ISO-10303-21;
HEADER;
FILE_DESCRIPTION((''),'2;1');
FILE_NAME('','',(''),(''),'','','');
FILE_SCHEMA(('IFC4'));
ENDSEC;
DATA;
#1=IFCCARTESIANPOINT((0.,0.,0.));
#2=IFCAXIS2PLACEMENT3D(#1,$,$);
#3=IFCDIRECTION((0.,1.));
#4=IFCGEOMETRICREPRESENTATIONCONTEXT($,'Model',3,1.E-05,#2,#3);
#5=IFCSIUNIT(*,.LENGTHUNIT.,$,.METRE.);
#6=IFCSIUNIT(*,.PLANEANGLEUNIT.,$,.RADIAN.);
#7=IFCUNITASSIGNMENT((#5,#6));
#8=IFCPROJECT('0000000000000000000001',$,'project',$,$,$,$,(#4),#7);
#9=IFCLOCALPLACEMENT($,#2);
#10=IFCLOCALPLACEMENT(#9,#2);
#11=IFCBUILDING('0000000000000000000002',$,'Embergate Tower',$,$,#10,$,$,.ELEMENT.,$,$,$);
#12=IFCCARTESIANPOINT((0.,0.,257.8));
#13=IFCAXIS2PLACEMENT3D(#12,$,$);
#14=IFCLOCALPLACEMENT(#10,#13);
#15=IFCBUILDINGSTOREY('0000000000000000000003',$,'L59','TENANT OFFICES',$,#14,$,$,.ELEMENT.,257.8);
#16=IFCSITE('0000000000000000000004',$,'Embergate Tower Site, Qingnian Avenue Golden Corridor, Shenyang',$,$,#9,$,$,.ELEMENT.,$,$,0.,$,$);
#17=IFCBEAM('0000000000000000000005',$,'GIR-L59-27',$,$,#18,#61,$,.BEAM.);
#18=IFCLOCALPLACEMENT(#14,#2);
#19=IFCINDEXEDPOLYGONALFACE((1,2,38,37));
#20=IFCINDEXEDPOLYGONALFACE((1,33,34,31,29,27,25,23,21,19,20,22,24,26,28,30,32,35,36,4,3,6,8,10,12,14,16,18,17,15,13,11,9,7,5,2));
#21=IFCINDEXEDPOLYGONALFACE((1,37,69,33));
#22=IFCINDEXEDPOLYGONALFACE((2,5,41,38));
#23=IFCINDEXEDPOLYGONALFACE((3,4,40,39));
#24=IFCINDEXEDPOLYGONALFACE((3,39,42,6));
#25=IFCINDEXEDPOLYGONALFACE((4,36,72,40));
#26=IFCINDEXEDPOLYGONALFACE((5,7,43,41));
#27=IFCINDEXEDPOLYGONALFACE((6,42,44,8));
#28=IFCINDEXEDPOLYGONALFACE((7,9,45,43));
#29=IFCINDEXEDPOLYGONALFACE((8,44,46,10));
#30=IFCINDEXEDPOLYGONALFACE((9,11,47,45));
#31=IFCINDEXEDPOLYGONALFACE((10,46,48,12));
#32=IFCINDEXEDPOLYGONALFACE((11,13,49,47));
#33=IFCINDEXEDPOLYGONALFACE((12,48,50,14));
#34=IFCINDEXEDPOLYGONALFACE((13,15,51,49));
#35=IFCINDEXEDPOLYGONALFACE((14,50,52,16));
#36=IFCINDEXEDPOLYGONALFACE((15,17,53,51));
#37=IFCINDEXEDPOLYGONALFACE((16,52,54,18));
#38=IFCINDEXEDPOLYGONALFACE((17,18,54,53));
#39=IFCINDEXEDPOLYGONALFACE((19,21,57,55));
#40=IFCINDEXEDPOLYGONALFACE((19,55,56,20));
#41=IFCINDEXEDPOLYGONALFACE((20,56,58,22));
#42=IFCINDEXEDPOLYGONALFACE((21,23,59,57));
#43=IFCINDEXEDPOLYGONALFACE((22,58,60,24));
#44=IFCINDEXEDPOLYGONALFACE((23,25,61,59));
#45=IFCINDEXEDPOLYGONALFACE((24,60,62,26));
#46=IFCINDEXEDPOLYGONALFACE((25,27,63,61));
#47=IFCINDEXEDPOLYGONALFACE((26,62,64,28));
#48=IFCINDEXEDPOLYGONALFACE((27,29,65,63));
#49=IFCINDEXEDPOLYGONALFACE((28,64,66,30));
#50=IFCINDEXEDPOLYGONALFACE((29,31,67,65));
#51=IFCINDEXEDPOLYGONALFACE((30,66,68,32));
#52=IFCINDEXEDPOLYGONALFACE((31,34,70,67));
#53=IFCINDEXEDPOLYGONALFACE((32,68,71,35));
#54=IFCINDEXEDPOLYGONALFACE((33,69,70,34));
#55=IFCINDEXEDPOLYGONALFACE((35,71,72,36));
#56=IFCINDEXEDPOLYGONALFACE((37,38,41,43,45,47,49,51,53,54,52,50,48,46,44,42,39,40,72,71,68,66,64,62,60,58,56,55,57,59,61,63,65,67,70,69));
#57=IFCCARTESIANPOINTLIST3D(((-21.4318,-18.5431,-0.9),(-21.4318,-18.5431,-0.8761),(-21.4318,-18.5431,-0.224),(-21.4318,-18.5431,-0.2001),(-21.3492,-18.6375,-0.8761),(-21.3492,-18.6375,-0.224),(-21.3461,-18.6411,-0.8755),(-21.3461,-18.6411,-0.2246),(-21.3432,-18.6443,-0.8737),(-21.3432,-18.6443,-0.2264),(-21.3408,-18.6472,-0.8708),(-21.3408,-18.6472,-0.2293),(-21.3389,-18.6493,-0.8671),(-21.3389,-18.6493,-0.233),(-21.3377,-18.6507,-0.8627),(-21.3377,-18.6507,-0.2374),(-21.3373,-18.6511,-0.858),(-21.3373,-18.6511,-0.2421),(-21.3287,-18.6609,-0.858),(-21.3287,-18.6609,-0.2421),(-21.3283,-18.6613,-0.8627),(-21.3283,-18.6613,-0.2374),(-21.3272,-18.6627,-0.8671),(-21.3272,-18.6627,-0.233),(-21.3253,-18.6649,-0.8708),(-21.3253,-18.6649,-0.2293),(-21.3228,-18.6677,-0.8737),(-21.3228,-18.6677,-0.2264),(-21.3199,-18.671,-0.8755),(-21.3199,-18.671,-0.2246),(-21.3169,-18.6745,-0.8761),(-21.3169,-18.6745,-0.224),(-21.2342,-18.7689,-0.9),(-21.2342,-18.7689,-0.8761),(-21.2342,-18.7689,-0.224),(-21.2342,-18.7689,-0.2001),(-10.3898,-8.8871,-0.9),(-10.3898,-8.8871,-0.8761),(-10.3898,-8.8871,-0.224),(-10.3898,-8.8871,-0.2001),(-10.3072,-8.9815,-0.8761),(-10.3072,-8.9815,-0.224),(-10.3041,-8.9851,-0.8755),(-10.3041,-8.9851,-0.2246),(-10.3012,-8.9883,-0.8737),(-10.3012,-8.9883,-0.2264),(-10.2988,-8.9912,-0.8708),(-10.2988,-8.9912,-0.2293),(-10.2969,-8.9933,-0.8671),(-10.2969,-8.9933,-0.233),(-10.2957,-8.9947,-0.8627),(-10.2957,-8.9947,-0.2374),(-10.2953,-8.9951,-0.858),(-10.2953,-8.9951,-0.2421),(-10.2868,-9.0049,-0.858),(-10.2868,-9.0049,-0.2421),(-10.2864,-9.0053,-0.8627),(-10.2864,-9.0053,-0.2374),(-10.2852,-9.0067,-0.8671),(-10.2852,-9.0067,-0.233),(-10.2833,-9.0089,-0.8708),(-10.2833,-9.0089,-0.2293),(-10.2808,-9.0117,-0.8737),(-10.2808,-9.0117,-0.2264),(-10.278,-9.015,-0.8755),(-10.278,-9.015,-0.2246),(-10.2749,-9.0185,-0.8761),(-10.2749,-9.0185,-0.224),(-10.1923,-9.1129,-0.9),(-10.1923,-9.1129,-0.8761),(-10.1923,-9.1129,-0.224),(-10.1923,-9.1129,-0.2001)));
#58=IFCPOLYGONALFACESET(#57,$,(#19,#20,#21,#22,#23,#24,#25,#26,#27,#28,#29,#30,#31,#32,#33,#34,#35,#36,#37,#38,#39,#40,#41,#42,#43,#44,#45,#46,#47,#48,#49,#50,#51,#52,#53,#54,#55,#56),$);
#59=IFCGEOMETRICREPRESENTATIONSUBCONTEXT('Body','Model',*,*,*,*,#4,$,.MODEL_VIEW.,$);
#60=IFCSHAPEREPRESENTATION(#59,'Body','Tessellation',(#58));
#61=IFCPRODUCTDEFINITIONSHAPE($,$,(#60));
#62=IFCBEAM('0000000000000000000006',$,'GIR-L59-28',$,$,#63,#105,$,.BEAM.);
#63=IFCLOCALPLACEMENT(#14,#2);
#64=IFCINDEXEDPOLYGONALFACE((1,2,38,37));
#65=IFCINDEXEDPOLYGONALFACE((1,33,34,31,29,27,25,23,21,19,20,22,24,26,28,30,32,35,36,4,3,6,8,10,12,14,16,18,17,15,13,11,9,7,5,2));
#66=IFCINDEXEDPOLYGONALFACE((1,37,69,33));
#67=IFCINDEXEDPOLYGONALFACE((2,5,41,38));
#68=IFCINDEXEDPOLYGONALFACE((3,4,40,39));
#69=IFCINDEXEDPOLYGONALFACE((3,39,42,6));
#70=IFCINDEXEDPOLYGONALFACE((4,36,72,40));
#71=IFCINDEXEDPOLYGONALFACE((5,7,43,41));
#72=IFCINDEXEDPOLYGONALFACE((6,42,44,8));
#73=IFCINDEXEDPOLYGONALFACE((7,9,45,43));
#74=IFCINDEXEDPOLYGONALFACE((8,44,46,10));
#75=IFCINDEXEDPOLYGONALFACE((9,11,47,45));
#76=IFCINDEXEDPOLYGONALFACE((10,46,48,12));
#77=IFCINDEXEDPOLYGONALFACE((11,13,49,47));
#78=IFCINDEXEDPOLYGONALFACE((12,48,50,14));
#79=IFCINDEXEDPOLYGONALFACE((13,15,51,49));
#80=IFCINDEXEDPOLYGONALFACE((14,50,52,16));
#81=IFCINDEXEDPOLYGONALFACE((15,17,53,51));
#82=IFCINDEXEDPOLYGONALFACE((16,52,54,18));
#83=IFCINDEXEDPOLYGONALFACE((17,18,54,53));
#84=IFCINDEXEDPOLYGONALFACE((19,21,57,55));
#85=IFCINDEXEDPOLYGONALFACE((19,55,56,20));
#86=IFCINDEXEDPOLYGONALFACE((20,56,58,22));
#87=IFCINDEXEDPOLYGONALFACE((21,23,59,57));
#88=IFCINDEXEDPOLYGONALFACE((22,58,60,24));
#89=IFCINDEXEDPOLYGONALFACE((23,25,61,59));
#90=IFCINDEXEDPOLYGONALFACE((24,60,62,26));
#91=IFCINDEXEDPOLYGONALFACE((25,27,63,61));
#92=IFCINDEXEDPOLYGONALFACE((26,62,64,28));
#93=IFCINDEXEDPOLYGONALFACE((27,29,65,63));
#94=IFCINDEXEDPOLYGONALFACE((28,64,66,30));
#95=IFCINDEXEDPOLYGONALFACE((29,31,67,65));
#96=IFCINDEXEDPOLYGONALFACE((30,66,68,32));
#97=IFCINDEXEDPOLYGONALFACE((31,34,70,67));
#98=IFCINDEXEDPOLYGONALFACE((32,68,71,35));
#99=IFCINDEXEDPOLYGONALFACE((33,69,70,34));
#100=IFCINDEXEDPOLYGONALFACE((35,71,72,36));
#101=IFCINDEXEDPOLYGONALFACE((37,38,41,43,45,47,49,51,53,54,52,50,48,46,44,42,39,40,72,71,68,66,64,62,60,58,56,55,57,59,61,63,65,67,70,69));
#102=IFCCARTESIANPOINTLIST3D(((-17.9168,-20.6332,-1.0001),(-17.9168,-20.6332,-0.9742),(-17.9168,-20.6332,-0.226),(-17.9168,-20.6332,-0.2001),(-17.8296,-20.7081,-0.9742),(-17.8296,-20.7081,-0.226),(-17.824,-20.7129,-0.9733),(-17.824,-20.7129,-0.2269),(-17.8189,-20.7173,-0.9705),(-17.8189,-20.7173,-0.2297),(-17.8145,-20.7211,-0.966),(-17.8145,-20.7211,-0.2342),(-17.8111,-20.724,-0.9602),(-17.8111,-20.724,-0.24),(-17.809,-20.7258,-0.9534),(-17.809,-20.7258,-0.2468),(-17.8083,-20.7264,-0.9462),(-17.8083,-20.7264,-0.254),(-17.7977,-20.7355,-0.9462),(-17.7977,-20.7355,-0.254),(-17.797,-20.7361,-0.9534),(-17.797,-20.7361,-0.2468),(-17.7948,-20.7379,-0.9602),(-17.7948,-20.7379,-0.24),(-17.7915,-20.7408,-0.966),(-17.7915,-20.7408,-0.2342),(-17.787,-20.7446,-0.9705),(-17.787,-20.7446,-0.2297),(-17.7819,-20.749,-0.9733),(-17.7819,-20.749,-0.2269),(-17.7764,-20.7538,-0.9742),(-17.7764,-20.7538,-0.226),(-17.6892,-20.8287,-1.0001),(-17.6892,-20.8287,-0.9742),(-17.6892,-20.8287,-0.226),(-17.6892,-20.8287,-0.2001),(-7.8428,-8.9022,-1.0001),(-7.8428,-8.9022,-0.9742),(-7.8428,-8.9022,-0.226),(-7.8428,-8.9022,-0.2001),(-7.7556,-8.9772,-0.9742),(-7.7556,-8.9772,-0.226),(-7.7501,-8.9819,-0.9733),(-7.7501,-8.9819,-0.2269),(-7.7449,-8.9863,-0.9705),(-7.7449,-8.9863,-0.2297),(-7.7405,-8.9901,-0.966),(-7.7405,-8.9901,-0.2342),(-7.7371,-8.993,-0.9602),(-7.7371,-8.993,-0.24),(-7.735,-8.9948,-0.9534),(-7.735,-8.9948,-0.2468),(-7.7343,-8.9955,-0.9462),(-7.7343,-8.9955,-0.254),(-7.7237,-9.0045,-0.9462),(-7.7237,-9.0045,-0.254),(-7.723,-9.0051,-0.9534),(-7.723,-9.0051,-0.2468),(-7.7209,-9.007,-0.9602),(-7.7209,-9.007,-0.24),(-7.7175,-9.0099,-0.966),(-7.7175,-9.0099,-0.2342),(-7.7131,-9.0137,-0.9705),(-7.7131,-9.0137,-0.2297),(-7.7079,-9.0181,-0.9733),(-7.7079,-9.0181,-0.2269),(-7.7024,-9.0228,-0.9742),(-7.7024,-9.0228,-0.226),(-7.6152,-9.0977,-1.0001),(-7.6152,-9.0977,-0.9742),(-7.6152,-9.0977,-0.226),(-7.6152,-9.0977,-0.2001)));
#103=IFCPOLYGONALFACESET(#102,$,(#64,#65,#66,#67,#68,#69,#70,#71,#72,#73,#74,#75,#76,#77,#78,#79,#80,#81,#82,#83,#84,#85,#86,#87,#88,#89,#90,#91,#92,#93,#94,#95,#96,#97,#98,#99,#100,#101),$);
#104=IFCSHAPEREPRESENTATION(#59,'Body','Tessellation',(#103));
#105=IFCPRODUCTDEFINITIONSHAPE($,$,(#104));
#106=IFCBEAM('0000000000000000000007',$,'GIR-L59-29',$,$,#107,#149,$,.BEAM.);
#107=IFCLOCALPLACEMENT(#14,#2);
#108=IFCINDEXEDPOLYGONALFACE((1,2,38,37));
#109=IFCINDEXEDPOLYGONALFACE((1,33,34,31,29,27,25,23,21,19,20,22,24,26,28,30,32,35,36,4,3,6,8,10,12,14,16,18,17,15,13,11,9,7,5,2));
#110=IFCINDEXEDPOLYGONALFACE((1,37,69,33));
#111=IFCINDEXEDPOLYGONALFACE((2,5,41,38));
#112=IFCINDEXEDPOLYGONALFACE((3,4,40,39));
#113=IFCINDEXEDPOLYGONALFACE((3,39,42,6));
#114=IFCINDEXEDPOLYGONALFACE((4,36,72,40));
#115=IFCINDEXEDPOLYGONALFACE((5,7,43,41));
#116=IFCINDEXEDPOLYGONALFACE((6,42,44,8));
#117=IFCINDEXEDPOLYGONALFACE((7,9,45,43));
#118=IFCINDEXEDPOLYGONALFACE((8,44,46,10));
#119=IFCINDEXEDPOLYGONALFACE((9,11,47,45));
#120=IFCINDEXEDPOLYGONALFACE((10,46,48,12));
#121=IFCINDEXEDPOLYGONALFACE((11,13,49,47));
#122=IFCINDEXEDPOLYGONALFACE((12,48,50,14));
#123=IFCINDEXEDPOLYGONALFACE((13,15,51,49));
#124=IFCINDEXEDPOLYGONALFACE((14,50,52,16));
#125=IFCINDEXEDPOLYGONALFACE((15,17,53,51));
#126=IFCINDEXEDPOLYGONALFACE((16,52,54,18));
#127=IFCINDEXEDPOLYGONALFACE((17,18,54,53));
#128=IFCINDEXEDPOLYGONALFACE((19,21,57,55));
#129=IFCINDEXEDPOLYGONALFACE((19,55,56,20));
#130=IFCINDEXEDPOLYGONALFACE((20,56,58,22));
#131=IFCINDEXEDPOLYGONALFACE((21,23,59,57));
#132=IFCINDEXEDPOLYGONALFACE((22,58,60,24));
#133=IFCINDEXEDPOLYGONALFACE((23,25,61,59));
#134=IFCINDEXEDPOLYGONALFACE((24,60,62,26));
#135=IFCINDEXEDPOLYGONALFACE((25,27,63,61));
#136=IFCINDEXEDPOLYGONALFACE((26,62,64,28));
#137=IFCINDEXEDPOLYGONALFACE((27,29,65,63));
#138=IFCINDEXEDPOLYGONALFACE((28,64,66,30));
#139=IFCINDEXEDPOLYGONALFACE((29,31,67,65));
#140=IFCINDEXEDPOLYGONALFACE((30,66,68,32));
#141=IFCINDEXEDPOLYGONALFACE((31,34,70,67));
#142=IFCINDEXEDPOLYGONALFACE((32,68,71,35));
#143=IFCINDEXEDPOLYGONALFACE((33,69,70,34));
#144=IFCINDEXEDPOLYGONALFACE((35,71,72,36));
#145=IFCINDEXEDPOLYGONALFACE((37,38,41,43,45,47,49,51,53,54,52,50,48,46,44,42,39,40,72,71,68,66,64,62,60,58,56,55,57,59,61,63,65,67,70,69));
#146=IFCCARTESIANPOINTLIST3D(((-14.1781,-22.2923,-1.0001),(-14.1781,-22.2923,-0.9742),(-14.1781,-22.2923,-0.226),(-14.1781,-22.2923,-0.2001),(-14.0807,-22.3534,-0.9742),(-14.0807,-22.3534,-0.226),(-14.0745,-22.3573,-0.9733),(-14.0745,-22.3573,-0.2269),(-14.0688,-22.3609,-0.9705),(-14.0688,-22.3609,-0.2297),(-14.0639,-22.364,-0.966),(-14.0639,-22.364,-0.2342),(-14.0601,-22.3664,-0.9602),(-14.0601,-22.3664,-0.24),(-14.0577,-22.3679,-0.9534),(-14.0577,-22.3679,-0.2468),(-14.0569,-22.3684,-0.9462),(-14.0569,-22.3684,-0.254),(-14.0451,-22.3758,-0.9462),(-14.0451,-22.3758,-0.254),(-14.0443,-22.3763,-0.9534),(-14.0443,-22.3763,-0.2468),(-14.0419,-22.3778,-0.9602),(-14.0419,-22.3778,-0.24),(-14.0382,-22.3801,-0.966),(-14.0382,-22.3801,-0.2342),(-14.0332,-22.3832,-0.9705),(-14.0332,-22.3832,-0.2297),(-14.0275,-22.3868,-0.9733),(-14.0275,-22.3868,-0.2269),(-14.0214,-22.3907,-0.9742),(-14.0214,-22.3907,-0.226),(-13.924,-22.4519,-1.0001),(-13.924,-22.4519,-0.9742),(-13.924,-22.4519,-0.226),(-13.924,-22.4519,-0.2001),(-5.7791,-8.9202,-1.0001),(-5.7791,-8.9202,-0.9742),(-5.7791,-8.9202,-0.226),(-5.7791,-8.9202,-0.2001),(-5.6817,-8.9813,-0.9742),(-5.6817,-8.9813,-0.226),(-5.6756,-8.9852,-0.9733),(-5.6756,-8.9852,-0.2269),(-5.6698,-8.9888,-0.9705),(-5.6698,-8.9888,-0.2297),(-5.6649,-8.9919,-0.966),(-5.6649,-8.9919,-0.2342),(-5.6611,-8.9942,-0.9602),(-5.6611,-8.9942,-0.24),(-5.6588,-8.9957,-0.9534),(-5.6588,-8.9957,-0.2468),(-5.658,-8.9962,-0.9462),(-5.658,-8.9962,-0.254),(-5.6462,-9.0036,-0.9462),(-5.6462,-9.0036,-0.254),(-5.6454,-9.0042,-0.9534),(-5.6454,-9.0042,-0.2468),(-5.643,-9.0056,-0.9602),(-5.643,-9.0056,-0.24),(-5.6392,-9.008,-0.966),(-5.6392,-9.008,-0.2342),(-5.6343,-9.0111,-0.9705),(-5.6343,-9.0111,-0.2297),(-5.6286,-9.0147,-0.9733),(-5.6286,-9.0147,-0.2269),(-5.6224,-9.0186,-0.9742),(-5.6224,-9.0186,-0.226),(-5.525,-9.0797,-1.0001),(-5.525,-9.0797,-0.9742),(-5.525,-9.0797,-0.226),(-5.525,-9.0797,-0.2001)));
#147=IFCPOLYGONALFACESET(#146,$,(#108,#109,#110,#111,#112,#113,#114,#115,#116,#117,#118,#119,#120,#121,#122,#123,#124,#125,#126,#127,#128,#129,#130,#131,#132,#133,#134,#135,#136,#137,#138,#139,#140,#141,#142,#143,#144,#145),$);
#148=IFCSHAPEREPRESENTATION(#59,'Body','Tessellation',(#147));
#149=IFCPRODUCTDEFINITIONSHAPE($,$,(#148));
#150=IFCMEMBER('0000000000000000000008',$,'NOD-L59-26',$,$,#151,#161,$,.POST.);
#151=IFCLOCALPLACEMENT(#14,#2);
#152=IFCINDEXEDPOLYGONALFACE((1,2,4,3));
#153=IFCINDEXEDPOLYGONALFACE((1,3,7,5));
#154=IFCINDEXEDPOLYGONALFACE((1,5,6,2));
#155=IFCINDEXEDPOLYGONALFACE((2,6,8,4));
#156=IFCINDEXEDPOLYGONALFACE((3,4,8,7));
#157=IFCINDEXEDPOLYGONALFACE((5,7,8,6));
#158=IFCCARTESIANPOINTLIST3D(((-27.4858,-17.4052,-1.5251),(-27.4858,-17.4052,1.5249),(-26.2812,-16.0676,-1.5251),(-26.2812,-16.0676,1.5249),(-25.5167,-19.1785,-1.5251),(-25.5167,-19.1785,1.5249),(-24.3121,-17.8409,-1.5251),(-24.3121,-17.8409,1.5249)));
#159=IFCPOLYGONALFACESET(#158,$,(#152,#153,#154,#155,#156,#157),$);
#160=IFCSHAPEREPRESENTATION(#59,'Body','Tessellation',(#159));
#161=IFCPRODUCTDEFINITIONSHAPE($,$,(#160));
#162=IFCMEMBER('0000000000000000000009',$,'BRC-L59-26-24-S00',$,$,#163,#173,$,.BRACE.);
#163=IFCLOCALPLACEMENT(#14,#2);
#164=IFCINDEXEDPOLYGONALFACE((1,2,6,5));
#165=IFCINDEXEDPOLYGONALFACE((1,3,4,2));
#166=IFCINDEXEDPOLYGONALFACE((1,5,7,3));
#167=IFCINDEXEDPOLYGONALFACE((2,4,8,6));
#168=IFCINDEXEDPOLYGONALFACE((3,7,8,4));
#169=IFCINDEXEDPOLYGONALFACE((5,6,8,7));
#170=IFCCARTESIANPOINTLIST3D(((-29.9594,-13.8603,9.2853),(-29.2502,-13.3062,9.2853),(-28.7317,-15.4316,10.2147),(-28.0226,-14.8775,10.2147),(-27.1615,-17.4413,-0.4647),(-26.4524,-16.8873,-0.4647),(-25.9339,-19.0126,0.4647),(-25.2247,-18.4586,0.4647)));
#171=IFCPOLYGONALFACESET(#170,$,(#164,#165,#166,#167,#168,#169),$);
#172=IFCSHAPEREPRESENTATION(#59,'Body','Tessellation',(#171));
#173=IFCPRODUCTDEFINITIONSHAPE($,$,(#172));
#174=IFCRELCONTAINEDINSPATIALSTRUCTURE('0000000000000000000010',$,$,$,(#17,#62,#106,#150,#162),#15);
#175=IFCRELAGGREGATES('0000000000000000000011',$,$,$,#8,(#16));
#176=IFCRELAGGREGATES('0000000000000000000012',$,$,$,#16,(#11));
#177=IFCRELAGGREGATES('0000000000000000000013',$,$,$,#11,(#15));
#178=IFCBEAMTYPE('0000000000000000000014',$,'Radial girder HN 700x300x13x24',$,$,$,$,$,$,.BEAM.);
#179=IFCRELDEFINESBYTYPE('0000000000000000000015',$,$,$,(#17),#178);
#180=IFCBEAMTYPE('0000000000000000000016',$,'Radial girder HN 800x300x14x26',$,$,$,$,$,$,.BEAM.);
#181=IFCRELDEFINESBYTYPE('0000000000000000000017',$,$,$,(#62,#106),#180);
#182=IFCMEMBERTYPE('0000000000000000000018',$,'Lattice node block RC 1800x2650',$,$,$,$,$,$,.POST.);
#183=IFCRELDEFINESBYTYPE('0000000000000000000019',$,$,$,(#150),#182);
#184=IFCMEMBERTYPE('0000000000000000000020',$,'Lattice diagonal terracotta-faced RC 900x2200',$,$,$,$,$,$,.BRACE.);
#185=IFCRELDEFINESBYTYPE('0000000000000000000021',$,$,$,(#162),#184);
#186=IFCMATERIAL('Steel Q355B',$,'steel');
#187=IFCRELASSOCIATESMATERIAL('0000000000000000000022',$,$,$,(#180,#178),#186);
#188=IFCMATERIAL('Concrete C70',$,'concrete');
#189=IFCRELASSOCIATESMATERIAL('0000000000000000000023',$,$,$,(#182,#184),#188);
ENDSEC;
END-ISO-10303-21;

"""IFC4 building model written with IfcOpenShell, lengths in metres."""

from ifc_helpers import new_model, si_unit, direction, frame, origin, origin_2d, place, context, subcontext, project, spatial, rectangle, i_section, extrude, source, transform, mapped, material, material_profile, profile_set, type_object, element, save


model = new_model("IFC4")

# Units and contexts
model_context = context("Model", 3, precision=1e-05, world=origin(), true_north=direction((0.0, 1.0)))
body_context = subcontext(model_context, "Body", "Model", "MODEL_VIEW")
ifc_project = project(units=[si_unit("LENGTHUNIT", "METRE"), si_unit("PLANEANGLEUNIT", "RADIAN")], contexts=[model_context])

# Site, building, storey
site_placement = place(None, origin())
site = spatial("IfcSite", under=ifc_project, at=site_placement, Name="Embergate Tower Site, Qingnian Avenue Golden Corridor, Shenyang", CompositionType="ELEMENT", RefElevation=0.0)
building_placement = place(site_placement, origin())
building = spatial("IfcBuilding", under=site, at=building_placement, Name="Embergate Tower", CompositionType="ELEMENT")
storey_placement = place(building_placement, frame((0.0, 0.0, 257.8)))
storey = spatial("IfcBuildingStorey", under=building, at=storey_placement, Name="L59", Description="TENANT OFFICES", CompositionType="ELEMENT", Elevation=257.8)

# Beams
ifc_material_1 = material(Name="Steel Q355B", Category="steel")
ifc_material_profile_1 = material_profile(ifc_material_1, i_section(OverallWidth=0.3, OverallDepth=0.8, WebThickness=0.0139, FlangeThickness=0.0259, FilletRadius=0.0281, at=origin_2d()), Name="HN 800x300x14x26")
ifc_profile_set_1 = profile_set([ifc_material_profile_1], Name="Steel Q355 grade B")
beam_type_1 = type_object("IfcBeamType", Name="Radial girder HN 800x300x14x26", PredefinedType="BEAM", material=ifc_profile_set_1)
ifc_material_profile_2 = material_profile(ifc_material_1, i_section(OverallWidth=0.3, OverallDepth=0.7, WebThickness=0.0129, FlangeThickness=0.0239, FilletRadius=0.0181, at=origin_2d()), Name="HN 700x300x13x24")
ifc_profile_set_2 = profile_set([ifc_material_profile_2], Name="Steel Q355 grade B")
beam_type_2 = type_object("IfcBeamType", Name="Radial girder HN 700x300x13x24", PredefinedType="BEAM", material=ifc_profile_set_2)
shared_shape_1 = source(origin(), body_context, "Body", "SweptSolid", [
    extrude(i_section(OverallWidth=0.3, OverallDepth=0.7, WebThickness=0.0129, FlangeThickness=0.0239, FilletRadius=0.0181, at=origin_2d()), origin(), (0.0, 0.0, 1.0), 14.6685),
])
beam_1_placement = place(storey_placement, frame((-21.333, -18.656, -0.55), z_axis=(0.75277, 0.658283, 0.0), x_axis=(-0.658283, 0.75277, 0.0)))
element("IfcBeam", 1, at=beam_1_placement, inside=storey, type_object=beam_type_2, Name="GIR-L59-27", PredefinedType="BEAM", context=body_context, shape_type="MappedRepresentation", body=[
    mapped(shared_shape_1, transform((0.0, 0.0, 0.0))),
])
shared_shape_2 = source(origin(), body_context, "Body", "SweptSolid", [
    extrude(i_section(OverallWidth=0.3, OverallDepth=0.8, WebThickness=0.0139, FlangeThickness=0.0259, FilletRadius=0.0281, at=origin_2d()), origin(), (0.0, 0.0, 1.0), 15.4629),
])
beam_2_placement = place(storey_placement, frame((-17.803, -20.731, -0.6001), z_axis=(0.651495, 0.758653, 0.0), x_axis=(-0.758653, 0.651495, 0.0)))
element("IfcBeam", 2, at=beam_2_placement, inside=storey, type_object=beam_type_1, Name="GIR-L59-28", PredefinedType="BEAM", context=body_context, shape_type="MappedRepresentation", body=[
    mapped(shared_shape_2, transform((0.0, 0.0, 0.0))),
])
shared_shape_3 = source(origin(), body_context, "Body", "SweptSolid", [
    extrude(i_section(OverallWidth=0.3, OverallDepth=0.8, WebThickness=0.0139, FlangeThickness=0.0259, FilletRadius=0.0281, at=origin_2d()), origin(), (0.0, 0.0, 1.0), 15.791),
])
beam_3_placement = place(storey_placement, frame((-14.051, -22.3721, -0.6001), z_axis=(0.531882, 0.846818, 0.0), x_axis=(-0.846818, 0.531882, 0.0)))
element("IfcBeam", 3, at=beam_3_placement, inside=storey, type_object=beam_type_1, Name="GIR-L59-29", PredefinedType="BEAM", context=body_context, shape_type="MappedRepresentation", body=[
    mapped(shared_shape_3, transform((0.0, 0.0, 0.0))),
])

# Members
ifc_material_2 = material(Name="Concrete C70", Category="concrete")
ifc_material_profile_3 = material_profile(ifc_material_2, rectangle(XDim=1.8, YDim=2.6499, at=origin_2d()), Name="RC 1800x2650")
ifc_profile_set_3 = profile_set([ifc_material_profile_3], Name="Concrete C70")
member_type_1 = type_object("IfcMemberType", Name="Lattice node block RC 1800x2650", PredefinedType="POST", material=ifc_profile_set_3)
shared_shape_4 = source(origin(), body_context, "Body", "SweptSolid", [
    extrude(rectangle(XDim=1.8, YDim=2.6499, at=origin_2d()), origin(), (0.0, 0.0, 1.0), 3.05),
])
member_1_placement = place(storey_placement, frame((-25.8989, -17.623, -1.5251), z_axis=(0.0, 0.0, 1.0), x_axis=(-0.669208, -0.743075, 0.0)))
element("IfcMember", 4, at=member_1_placement, inside=storey, type_object=member_type_1, Name="NOD-L59-26", PredefinedType="POST", context=body_context, shape_type="MappedRepresentation", body=[
    mapped(shared_shape_4, transform((0.0, 0.0, 0.0))),
])
ifc_material_profile_4 = material_profile(ifc_material_2, rectangle(XDim=0.8999, YDim=2.2, at=origin_2d()), Name="RC 900x2200")
ifc_profile_set_4 = profile_set([ifc_material_profile_4], Name="Concrete C70")
member_type_2 = type_object("IfcMemberType", Name="Lattice diagonal terracotta-faced RC 900x2200", PredefinedType="BRACE", material=ifc_profile_set_4)
shared_shape_5 = source(origin(), body_context, "Body", "SweptSolid", [
    extrude(rectangle(XDim=0.8999, YDim=2.2, at=origin_2d()), origin(), (0.0, 0.0, 1.0), 10.7571),
])
member_2_placement = place(storey_placement, frame((-26.1931, -17.95, 0.0), z_axis=(-0.260094, 0.332903, 0.906381), x_axis=(-0.788008, -0.615665, 0.0)))
element("IfcMember", 5, at=member_2_placement, inside=storey, type_object=member_type_2, Name="BRC-L59-26-24-S00", PredefinedType="BRACE", context=body_context, shape_type="MappedRepresentation", body=[
    mapped(shared_shape_5, transform((0.0, 0.0, 0.0))),
])

save(model, "model.ifc")
